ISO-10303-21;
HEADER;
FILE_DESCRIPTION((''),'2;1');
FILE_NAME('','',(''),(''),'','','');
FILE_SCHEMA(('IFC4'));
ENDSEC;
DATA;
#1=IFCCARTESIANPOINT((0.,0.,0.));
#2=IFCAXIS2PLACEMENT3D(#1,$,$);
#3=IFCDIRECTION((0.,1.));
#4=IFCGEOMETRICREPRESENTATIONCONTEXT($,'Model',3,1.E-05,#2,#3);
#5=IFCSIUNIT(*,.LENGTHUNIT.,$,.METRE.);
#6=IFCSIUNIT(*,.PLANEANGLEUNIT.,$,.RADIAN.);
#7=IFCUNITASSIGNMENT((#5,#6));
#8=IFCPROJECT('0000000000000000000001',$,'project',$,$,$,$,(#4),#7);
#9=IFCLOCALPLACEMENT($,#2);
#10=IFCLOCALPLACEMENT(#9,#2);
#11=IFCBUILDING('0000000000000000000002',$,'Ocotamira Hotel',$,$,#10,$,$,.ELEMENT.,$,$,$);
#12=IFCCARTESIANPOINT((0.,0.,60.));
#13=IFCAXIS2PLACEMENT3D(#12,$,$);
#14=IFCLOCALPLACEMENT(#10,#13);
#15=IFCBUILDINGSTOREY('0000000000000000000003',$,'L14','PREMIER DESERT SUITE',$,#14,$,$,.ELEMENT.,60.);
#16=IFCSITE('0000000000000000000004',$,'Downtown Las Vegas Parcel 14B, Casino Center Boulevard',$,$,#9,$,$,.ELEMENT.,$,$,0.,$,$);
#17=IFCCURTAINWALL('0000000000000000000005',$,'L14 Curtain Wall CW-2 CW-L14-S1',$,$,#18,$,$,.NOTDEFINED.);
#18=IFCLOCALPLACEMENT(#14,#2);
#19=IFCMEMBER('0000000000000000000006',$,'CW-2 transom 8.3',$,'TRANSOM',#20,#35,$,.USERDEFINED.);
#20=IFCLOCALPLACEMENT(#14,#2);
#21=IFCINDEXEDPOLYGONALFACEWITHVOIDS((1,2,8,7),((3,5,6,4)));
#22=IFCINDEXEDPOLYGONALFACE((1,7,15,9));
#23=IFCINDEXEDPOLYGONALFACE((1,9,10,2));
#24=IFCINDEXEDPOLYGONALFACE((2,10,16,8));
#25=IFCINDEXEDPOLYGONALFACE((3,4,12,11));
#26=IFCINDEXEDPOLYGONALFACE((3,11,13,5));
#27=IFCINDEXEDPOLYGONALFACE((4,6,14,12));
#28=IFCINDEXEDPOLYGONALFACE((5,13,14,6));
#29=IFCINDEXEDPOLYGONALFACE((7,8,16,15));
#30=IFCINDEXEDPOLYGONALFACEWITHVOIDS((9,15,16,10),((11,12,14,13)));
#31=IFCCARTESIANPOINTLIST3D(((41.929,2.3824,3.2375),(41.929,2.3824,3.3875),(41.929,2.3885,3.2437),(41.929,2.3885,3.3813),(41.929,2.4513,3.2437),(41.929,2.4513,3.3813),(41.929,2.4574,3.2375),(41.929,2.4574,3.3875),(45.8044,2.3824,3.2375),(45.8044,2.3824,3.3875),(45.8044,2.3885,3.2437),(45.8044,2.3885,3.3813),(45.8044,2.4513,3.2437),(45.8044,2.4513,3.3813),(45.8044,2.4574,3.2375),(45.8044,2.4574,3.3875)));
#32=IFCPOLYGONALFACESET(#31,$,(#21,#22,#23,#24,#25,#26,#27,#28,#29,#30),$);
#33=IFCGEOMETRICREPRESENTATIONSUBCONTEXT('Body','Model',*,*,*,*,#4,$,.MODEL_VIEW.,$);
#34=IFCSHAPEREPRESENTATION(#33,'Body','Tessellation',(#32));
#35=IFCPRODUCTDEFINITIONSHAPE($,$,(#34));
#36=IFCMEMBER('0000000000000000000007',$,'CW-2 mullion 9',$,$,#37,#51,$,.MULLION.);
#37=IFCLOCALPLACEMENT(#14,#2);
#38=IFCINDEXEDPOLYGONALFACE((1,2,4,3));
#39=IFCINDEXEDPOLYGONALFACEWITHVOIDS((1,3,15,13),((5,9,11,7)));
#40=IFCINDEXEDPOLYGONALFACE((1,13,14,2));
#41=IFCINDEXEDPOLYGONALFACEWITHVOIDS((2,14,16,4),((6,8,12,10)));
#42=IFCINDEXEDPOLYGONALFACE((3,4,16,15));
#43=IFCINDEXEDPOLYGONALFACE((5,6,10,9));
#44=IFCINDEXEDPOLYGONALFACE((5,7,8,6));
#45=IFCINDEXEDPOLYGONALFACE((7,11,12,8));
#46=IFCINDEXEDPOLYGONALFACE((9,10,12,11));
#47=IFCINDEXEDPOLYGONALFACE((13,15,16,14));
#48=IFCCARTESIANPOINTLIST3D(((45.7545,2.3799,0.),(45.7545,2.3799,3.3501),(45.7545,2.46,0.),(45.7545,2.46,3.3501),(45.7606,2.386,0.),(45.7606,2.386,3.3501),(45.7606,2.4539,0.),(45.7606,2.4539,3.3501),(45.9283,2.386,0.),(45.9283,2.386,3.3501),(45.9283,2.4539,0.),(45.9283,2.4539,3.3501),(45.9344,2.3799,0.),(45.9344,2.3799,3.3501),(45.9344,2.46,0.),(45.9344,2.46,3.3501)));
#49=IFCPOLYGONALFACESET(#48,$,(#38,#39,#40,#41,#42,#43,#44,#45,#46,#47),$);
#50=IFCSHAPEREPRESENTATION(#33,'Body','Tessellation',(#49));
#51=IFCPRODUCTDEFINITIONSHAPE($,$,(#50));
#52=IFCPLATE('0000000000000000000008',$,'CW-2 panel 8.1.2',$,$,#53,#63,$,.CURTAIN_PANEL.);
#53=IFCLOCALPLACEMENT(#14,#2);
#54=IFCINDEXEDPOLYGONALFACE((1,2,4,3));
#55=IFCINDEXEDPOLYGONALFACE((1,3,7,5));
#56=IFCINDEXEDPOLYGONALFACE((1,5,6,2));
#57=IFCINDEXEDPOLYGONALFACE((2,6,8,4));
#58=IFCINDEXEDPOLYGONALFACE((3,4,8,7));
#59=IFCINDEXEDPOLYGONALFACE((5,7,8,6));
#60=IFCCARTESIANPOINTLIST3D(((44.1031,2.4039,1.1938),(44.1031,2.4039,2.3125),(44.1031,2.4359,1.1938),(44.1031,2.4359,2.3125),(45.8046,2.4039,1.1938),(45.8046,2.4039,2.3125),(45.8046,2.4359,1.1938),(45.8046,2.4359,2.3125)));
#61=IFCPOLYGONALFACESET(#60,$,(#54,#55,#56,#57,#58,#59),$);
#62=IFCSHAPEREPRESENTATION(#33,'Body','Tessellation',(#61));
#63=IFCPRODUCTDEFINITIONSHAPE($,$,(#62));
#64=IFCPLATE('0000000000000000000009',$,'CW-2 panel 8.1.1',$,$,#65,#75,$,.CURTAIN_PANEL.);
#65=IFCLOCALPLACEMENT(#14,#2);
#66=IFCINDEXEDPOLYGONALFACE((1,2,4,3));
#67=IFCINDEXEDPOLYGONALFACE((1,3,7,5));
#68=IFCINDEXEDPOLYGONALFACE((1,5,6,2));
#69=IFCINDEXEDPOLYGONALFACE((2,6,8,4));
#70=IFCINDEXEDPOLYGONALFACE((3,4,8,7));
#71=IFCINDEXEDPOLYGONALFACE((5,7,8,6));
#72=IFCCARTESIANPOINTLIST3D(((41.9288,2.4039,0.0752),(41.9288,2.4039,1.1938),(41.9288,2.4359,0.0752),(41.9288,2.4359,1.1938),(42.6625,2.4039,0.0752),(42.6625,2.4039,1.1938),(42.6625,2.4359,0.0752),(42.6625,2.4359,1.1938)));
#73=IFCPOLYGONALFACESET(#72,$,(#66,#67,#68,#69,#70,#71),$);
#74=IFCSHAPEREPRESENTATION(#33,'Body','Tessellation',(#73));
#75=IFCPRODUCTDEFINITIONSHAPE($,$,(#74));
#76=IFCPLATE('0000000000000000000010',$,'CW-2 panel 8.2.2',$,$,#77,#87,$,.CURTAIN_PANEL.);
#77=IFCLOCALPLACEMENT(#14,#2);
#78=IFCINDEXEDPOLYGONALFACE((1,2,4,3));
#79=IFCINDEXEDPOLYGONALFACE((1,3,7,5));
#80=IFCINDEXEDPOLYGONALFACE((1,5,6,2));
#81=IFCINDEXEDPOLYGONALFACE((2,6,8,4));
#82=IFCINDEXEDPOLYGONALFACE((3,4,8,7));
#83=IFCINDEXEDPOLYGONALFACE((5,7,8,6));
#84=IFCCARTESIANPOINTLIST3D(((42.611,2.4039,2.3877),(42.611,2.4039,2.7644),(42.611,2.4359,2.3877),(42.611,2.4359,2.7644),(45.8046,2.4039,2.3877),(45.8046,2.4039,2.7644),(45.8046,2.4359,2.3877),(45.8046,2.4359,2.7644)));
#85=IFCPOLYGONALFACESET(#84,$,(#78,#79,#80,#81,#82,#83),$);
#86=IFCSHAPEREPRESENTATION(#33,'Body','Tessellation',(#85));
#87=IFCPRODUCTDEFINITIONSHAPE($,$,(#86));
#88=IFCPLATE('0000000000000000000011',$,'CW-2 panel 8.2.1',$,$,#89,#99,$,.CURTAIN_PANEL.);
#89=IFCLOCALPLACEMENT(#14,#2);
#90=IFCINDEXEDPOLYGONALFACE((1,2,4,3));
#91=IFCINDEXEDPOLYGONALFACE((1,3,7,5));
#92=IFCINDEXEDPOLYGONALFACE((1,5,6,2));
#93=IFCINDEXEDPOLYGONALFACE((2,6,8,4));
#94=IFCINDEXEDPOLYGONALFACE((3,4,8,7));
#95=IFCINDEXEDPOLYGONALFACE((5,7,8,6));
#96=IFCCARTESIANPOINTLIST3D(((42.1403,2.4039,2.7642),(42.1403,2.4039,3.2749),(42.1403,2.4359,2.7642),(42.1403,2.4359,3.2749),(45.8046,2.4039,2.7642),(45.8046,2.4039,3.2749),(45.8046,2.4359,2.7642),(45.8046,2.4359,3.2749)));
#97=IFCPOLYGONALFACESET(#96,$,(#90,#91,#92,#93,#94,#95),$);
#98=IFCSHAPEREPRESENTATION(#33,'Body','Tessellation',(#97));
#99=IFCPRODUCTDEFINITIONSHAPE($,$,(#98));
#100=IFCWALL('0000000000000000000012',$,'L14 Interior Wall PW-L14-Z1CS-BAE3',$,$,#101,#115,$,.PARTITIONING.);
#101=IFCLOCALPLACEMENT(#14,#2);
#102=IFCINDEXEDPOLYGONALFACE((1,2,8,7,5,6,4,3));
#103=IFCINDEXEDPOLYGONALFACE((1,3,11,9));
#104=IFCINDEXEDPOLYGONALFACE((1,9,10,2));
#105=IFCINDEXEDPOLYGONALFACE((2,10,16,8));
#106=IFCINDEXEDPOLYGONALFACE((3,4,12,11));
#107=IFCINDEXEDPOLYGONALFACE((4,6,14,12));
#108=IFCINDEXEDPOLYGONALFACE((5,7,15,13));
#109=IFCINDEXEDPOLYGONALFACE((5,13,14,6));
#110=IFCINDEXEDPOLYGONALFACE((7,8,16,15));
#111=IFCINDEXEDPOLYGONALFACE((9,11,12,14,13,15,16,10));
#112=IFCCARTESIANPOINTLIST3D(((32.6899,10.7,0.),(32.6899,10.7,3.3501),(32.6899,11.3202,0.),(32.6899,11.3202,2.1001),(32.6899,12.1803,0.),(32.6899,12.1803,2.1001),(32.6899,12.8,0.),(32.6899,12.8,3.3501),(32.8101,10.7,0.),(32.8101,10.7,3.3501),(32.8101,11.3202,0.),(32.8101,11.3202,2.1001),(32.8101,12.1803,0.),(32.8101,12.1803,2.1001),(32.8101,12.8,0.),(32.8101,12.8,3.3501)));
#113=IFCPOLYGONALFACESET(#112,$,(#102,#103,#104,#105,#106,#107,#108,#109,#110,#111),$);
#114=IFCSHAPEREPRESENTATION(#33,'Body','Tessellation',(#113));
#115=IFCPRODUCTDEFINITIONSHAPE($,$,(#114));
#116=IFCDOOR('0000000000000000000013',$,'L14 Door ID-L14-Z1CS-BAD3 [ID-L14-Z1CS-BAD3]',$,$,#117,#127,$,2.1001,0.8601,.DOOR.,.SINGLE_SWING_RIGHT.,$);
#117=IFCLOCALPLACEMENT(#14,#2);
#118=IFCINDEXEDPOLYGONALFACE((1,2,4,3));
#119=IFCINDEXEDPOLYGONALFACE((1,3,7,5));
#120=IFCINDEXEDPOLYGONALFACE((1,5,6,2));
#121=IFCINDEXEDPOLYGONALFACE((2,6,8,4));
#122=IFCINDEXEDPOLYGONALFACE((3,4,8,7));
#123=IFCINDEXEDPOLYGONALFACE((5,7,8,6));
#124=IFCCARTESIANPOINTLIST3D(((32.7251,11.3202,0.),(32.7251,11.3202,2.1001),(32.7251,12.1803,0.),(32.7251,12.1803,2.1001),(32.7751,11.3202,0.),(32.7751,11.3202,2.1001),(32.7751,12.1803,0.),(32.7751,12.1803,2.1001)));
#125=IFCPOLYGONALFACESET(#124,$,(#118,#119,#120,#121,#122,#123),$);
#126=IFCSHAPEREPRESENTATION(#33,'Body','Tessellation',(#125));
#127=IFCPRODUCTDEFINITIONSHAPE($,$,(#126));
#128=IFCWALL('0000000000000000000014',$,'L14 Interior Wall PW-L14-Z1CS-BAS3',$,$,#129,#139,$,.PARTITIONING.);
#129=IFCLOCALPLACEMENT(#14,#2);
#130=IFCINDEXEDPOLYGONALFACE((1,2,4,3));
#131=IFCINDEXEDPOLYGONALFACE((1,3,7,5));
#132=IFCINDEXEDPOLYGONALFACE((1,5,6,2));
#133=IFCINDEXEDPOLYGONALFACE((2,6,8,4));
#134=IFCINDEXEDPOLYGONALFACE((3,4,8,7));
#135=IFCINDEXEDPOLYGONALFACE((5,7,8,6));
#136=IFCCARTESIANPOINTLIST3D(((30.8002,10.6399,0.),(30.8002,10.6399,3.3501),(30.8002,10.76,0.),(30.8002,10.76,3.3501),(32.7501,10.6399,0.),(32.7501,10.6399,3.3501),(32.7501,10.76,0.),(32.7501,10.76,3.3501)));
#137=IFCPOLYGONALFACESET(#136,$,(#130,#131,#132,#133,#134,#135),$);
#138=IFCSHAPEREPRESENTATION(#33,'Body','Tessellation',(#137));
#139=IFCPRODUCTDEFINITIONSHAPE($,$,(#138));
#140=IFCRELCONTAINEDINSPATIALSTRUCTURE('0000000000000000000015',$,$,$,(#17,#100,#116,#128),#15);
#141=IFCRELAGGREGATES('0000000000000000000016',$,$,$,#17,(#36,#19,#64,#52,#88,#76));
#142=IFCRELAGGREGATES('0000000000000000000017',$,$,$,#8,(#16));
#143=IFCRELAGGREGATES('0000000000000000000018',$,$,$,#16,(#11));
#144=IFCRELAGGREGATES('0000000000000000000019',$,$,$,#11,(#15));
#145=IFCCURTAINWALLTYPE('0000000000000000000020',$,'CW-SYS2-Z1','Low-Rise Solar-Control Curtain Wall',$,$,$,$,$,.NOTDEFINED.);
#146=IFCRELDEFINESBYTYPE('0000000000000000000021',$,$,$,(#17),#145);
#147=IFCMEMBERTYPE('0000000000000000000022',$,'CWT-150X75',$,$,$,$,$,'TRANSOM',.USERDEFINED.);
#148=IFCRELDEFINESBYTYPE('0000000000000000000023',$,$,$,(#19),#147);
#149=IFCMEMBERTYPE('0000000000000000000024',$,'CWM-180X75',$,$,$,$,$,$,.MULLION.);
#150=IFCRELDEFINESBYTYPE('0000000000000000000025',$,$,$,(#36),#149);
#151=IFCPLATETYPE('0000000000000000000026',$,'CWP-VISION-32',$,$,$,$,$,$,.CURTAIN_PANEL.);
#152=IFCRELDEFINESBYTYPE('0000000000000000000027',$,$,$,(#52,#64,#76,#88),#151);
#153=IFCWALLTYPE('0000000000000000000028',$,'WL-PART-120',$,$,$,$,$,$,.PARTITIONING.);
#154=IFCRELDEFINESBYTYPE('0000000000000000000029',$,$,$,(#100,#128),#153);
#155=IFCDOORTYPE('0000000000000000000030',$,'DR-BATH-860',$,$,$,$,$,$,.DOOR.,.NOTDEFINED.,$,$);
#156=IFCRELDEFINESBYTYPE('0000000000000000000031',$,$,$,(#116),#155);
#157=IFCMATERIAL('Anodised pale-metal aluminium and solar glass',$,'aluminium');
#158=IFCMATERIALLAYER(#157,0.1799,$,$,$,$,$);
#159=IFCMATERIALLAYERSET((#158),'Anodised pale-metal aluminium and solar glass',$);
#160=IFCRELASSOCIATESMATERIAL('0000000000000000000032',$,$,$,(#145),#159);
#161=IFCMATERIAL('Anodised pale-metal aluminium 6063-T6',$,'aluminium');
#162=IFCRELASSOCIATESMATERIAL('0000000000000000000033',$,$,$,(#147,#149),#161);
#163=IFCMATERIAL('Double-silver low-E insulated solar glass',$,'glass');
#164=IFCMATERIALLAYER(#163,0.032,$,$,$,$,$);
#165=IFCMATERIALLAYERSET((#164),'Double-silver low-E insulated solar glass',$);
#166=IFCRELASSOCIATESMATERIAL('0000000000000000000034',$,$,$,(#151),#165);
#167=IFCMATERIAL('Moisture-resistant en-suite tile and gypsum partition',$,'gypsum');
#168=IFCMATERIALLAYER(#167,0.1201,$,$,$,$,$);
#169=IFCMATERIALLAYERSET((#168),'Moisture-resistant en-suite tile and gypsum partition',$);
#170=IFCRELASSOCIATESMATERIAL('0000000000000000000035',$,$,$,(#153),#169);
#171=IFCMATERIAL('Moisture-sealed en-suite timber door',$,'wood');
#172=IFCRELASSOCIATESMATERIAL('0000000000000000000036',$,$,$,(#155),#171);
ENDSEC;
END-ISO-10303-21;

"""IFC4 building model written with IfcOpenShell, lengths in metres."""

from ifc_helpers import new_model, si_unit, direction, frame, frame_2d, origin, origin_2d, place, context, subcontext, project, spatial, rectangle, hollow_rectangle, extrude, source, transform, mapped, material, layer, layer_set, material_profile, profile_set, type_object, element, fill, aggregate, save


model = new_model("IFC4")

# Units and contexts
model_context = context("Model", 3, precision=1e-05, world=origin(), true_north=direction((0.0, 1.0)))
body_context = subcontext(model_context, "Body", "Model", "MODEL_VIEW")
ifc_project = project(units=[si_unit("LENGTHUNIT", "METRE"), si_unit("PLANEANGLEUNIT", "RADIAN")], contexts=[model_context])

# Site, building, storey
site_placement = place(None, origin())
site = spatial("IfcSite", under=ifc_project, at=site_placement, Name="Downtown Las Vegas Parcel 14B, Casino Center Boulevard", CompositionType="ELEMENT", RefElevation=0.0)
building_placement = place(site_placement, origin())
building = spatial("IfcBuilding", under=site, at=building_placement, Name="Ocotamira Hotel", CompositionType="ELEMENT")
storey_placement = place(building_placement, frame((0.0, 0.0, 60.0)))
storey = spatial("IfcBuildingStorey", under=building, at=storey_placement, Name="L14", Description="PREMIER DESERT SUITE", CompositionType="ELEMENT", Elevation=60.0)

# Curtain wall, members, plates
ifc_material_1 = material(Name="Anodised pale-metal aluminium and solar glass", Category="aluminium")
ifc_layer_1 = layer(ifc_material_1, 0.1799)
ifc_layer_set_1 = layer_set([ifc_layer_1], Name="Anodised pale-metal aluminium and solar glass")
curtain_wall_type = type_object("IfcCurtainWallType", Name="CW-SYS2-Z1", Description="Low-Rise Solar-Control Curtain Wall", PredefinedType="NOTDEFINED", material=ifc_layer_set_1)
curtain_wall_placement = place(storey_placement, origin())
curtain_wall = element("IfcCurtainWall", 1, at=curtain_wall_placement, inside=storey, type_object=curtain_wall_type, Name="L14 Curtain Wall CW-2 CW-L14-S1", PredefinedType="NOTDEFINED")
ifc_material_2 = material(Name="Anodised pale-metal aluminium 6063-T6", Category="aluminium")
ifc_material_profile_1 = material_profile(ifc_material_2, hollow_rectangle(XDim=0.075, YDim=0.1499, WallThickness=0.0061, at=origin_2d()), Name="HSS150X75X6")
ifc_profile_set_1 = profile_set([ifc_material_profile_1], Name="Anodised pale-metal aluminium 6063-T6")
member_type_1 = type_object("IfcMemberType", Name="CWT-150X75", ElementType="TRANSOM", PredefinedType="USERDEFINED", material=ifc_profile_set_1)
shared_shape_1 = source(origin(), body_context, "Body", "SweptSolid", [
    extrude(hollow_rectangle(XDim=0.075, YDim=0.1499, WallThickness=0.0061, at=origin_2d()), origin(), (0.0, 0.0, 1.0), 3.8755),
])
member_1_placement = place(storey_placement, frame((41.929, 2.4199, 3.3125), z_axis=(1.0, 0.0, 0.0), x_axis=(0.0, 1.0, 0.0)))
member_1 = element("IfcMember", 2, at=member_1_placement, type_object=member_type_1, Name="CW-2 transom 8.3", ObjectType="TRANSOM", PredefinedType="USERDEFINED", context=body_context, shape_type="MappedRepresentation", body=[
    mapped(shared_shape_1, transform((0.0, 0.0, 0.0), scale=1.0)),
])
ifc_material_profile_2 = material_profile(ifc_material_2, hollow_rectangle(XDim=0.0801, YDim=0.1799, WallThickness=0.0061, at=origin_2d()), Name="HSS180X80X6")
ifc_profile_set_2 = profile_set([ifc_material_profile_2], Name="Anodised pale-metal aluminium 6063-T6")
member_type_2 = type_object("IfcMemberType", Name="CWM-180X75", PredefinedType="MULLION", material=ifc_profile_set_2)
shared_shape_2 = source(origin(), body_context, "Body", "SweptSolid", [
    extrude(hollow_rectangle(XDim=0.0801, YDim=0.1799, WallThickness=0.0061, at=origin_2d()), origin(), (0.0, 0.0, 1.0), 3.3501),
])
member_2_placement = place(storey_placement, frame((45.8445, 2.4199, 0.0), z_axis=(0.0, 0.0, 1.0), x_axis=(0.0, 1.0, 0.0)))
member_2 = element("IfcMember", 3, at=member_2_placement, type_object=member_type_2, Name="CW-2 mullion 9", PredefinedType="MULLION", context=body_context, shape_type="MappedRepresentation", body=[
    mapped(shared_shape_2, transform((0.0, 0.0, 0.0), scale=1.0)),
])
ifc_material_3 = material(Name="Double-silver low-E insulated solar glass", Category="glass")
ifc_layer_2 = layer(ifc_material_3, 0.032)
ifc_layer_set_2 = layer_set([ifc_layer_2], Name="Double-silver low-E insulated solar glass")
plate_type = type_object("IfcPlateType", Name="CWP-VISION-32", PredefinedType="CURTAIN_PANEL", material=ifc_layer_set_2)
shared_shape_3 = source(origin(), body_context, "Body", "SweptSolid", [
    extrude(rectangle(XDim=1.7014, YDim=0.032, at=origin_2d()), origin(), (0.0, 0.0, 1.0), 1.1187),
])
plate_1_placement = place(storey_placement, frame((44.9539, 2.4199, 1.1938), z_axis=(0.0, 0.0, 1.0), x_axis=(1.0, 0.0, 0.0)))
plate_1 = element("IfcPlate", 4, at=plate_1_placement, type_object=plate_type, Name="CW-2 panel 8.1.2", PredefinedType="CURTAIN_PANEL", context=body_context, shape_type="MappedRepresentation", body=[
    mapped(shared_shape_3, transform((0.0, 0.0, 0.0), scale=1.0)),
])
shared_shape_4 = source(origin(), body_context, "Body", "SweptSolid", [
    extrude(rectangle(XDim=0.7336, YDim=0.032, at=origin_2d()), origin(), (0.0, 0.0, 1.0), 1.1187),
])
plate_2_placement = place(storey_placement, frame((42.2957, 2.4199, 0.0752), z_axis=(0.0, 0.0, 1.0), x_axis=(1.0, 0.0, 0.0)))
plate_2 = element("IfcPlate", 5, at=plate_2_placement, type_object=plate_type, Name="CW-2 panel 8.1.1", PredefinedType="CURTAIN_PANEL", context=body_context, shape_type="MappedRepresentation", body=[
    mapped(shared_shape_4, transform((0.0, 0.0, 0.0), scale=1.0)),
])
shared_shape_5 = source(origin(), body_context, "Body", "SweptSolid", [
    extrude(rectangle(XDim=3.1936, YDim=0.032, at=origin_2d()), origin(), (0.0, 0.0, 1.0), 0.3767),
])
plate_3_placement = place(storey_placement, frame((44.2078, 2.4199, 2.3877), z_axis=(0.0, 0.0, 1.0), x_axis=(1.0, 0.0, 0.0)))
plate_3 = element("IfcPlate", 6, at=plate_3_placement, type_object=plate_type, Name="CW-2 panel 8.2.2", PredefinedType="CURTAIN_PANEL", context=body_context, shape_type="MappedRepresentation", body=[
    mapped(shared_shape_5, transform((0.0, 0.0, 0.0), scale=1.0)),
])
shared_shape_6 = source(origin(), body_context, "Body", "SweptSolid", [
    extrude(rectangle(XDim=3.6643, YDim=0.032, at=origin_2d()), origin(), (0.0, 0.0, 1.0), 0.5107),
])
plate_4_placement = place(storey_placement, frame((43.9724, 2.4199, 2.7642), z_axis=(0.0, 0.0, 1.0), x_axis=(1.0, 0.0, 0.0)))
plate_4 = element("IfcPlate", 7, at=plate_4_placement, type_object=plate_type, Name="CW-2 panel 8.2.1", PredefinedType="CURTAIN_PANEL", context=body_context, shape_type="MappedRepresentation", body=[
    mapped(shared_shape_6, transform((0.0, 0.0, 0.0), scale=1.0)),
])
aggregate(curtain_wall, [member_2, member_1, plate_2, plate_1, plate_4, plate_3])

# Wall, opening, door
ifc_material_4 = material(Name="Moisture-resistant en-suite tile and gypsum partition", Category="gypsum")
ifc_layer_3 = layer(ifc_material_4, 0.1201)
ifc_layer_set_3 = layer_set([ifc_layer_3], Name="Moisture-resistant en-suite tile and gypsum partition")
wall_type = type_object("IfcWallType", Name="WL-PART-120", PredefinedType="PARTITIONING", material=ifc_layer_set_3)
wall_1_placement = place(storey_placement, frame((32.75, 10.7, 0.0), z_axis=(0.0, 0.0, 1.0), x_axis=(0.0, 1.0, 0.0)))
wall_1 = element("IfcWall", 8, at=wall_1_placement, inside=storey, type_object=wall_type, Name="L14 Interior Wall PW-L14-Z1CS-BAE3", PredefinedType="PARTITIONING", context=body_context, shape_type="SweptSolid", body=[
    extrude(rectangle(XDim=2.1001, YDim=0.1201, at=frame_2d((1.05, 0.0))), origin(), (0.0, 0.0, 1.0), 3.3501),
])
opening_placement = place(wall_1_placement, frame((0.6201, 0.0, 0.0)))
opening = element("IfcOpeningElement", 9, at=opening_placement, cuts=wall_1, PredefinedType="OPENING", context=body_context, shape_type="SweptSolid", body=[
    extrude(rectangle(XDim=0.8601, YDim=2.1001, at=frame_2d((0.4302, 1.05))), frame((0.0, 0.0701, 0.0), z_axis=(0.0, -1.0, 0.0), x_axis=(1.0, 0.0, 0.0)), (0.0, 0.0, 1.0), 0.1401),
])
ifc_material_5 = material(Name="Moisture-sealed en-suite timber door", Category="wood")
door_type = type_object("IfcDoorType", Name="DR-BATH-860", OperationType="NOTDEFINED", PredefinedType="DOOR", material=ifc_material_5)
shared_shape_7 = source(origin(), body_context, "Body", "SweptSolid", [
    extrude(rectangle(XDim=0.8601, YDim=2.1001, at=frame_2d((0.4302, 1.05))), frame((0.0, 0.0249, 0.0), z_axis=(0.0, -1.0, 0.0), x_axis=(1.0, 0.0, 0.0)), (0.0, 0.0, 1.0), 0.05),
])
door_placement = place(opening_placement, origin())
door = element("IfcDoor", 10, at=door_placement, inside=storey, type_object=door_type, Name="L14 Door ID-L14-Z1CS-BAD3 [ID-L14-Z1CS-BAD3]", OperationType="SINGLE_SWING_RIGHT", OverallHeight=2.1001, OverallWidth=0.8601, PredefinedType="DOOR", context=body_context, shape_type="MappedRepresentation", body=[
    mapped(shared_shape_7, transform((0.0, 0.0, 0.0), scale=1.0)),
])
fill(opening, door)

# Wall
wall_2_placement = place(storey_placement, frame((30.8, 10.7, 0.0), z_axis=(0.0, 0.0, 1.0), x_axis=(1.0, 0.0, 0.0)))
element("IfcWall", 11, at=wall_2_placement, inside=storey, type_object=wall_type, Name="L14 Interior Wall PW-L14-Z1CS-BAS3", PredefinedType="PARTITIONING", context=body_context, shape_type="SweptSolid", body=[
    extrude(rectangle(XDim=1.95, YDim=0.1201, at=frame_2d((0.9751, 0.0))), origin(), (0.0, 0.0, 1.0), 3.3501),
])

save(model, "model.ifc")
